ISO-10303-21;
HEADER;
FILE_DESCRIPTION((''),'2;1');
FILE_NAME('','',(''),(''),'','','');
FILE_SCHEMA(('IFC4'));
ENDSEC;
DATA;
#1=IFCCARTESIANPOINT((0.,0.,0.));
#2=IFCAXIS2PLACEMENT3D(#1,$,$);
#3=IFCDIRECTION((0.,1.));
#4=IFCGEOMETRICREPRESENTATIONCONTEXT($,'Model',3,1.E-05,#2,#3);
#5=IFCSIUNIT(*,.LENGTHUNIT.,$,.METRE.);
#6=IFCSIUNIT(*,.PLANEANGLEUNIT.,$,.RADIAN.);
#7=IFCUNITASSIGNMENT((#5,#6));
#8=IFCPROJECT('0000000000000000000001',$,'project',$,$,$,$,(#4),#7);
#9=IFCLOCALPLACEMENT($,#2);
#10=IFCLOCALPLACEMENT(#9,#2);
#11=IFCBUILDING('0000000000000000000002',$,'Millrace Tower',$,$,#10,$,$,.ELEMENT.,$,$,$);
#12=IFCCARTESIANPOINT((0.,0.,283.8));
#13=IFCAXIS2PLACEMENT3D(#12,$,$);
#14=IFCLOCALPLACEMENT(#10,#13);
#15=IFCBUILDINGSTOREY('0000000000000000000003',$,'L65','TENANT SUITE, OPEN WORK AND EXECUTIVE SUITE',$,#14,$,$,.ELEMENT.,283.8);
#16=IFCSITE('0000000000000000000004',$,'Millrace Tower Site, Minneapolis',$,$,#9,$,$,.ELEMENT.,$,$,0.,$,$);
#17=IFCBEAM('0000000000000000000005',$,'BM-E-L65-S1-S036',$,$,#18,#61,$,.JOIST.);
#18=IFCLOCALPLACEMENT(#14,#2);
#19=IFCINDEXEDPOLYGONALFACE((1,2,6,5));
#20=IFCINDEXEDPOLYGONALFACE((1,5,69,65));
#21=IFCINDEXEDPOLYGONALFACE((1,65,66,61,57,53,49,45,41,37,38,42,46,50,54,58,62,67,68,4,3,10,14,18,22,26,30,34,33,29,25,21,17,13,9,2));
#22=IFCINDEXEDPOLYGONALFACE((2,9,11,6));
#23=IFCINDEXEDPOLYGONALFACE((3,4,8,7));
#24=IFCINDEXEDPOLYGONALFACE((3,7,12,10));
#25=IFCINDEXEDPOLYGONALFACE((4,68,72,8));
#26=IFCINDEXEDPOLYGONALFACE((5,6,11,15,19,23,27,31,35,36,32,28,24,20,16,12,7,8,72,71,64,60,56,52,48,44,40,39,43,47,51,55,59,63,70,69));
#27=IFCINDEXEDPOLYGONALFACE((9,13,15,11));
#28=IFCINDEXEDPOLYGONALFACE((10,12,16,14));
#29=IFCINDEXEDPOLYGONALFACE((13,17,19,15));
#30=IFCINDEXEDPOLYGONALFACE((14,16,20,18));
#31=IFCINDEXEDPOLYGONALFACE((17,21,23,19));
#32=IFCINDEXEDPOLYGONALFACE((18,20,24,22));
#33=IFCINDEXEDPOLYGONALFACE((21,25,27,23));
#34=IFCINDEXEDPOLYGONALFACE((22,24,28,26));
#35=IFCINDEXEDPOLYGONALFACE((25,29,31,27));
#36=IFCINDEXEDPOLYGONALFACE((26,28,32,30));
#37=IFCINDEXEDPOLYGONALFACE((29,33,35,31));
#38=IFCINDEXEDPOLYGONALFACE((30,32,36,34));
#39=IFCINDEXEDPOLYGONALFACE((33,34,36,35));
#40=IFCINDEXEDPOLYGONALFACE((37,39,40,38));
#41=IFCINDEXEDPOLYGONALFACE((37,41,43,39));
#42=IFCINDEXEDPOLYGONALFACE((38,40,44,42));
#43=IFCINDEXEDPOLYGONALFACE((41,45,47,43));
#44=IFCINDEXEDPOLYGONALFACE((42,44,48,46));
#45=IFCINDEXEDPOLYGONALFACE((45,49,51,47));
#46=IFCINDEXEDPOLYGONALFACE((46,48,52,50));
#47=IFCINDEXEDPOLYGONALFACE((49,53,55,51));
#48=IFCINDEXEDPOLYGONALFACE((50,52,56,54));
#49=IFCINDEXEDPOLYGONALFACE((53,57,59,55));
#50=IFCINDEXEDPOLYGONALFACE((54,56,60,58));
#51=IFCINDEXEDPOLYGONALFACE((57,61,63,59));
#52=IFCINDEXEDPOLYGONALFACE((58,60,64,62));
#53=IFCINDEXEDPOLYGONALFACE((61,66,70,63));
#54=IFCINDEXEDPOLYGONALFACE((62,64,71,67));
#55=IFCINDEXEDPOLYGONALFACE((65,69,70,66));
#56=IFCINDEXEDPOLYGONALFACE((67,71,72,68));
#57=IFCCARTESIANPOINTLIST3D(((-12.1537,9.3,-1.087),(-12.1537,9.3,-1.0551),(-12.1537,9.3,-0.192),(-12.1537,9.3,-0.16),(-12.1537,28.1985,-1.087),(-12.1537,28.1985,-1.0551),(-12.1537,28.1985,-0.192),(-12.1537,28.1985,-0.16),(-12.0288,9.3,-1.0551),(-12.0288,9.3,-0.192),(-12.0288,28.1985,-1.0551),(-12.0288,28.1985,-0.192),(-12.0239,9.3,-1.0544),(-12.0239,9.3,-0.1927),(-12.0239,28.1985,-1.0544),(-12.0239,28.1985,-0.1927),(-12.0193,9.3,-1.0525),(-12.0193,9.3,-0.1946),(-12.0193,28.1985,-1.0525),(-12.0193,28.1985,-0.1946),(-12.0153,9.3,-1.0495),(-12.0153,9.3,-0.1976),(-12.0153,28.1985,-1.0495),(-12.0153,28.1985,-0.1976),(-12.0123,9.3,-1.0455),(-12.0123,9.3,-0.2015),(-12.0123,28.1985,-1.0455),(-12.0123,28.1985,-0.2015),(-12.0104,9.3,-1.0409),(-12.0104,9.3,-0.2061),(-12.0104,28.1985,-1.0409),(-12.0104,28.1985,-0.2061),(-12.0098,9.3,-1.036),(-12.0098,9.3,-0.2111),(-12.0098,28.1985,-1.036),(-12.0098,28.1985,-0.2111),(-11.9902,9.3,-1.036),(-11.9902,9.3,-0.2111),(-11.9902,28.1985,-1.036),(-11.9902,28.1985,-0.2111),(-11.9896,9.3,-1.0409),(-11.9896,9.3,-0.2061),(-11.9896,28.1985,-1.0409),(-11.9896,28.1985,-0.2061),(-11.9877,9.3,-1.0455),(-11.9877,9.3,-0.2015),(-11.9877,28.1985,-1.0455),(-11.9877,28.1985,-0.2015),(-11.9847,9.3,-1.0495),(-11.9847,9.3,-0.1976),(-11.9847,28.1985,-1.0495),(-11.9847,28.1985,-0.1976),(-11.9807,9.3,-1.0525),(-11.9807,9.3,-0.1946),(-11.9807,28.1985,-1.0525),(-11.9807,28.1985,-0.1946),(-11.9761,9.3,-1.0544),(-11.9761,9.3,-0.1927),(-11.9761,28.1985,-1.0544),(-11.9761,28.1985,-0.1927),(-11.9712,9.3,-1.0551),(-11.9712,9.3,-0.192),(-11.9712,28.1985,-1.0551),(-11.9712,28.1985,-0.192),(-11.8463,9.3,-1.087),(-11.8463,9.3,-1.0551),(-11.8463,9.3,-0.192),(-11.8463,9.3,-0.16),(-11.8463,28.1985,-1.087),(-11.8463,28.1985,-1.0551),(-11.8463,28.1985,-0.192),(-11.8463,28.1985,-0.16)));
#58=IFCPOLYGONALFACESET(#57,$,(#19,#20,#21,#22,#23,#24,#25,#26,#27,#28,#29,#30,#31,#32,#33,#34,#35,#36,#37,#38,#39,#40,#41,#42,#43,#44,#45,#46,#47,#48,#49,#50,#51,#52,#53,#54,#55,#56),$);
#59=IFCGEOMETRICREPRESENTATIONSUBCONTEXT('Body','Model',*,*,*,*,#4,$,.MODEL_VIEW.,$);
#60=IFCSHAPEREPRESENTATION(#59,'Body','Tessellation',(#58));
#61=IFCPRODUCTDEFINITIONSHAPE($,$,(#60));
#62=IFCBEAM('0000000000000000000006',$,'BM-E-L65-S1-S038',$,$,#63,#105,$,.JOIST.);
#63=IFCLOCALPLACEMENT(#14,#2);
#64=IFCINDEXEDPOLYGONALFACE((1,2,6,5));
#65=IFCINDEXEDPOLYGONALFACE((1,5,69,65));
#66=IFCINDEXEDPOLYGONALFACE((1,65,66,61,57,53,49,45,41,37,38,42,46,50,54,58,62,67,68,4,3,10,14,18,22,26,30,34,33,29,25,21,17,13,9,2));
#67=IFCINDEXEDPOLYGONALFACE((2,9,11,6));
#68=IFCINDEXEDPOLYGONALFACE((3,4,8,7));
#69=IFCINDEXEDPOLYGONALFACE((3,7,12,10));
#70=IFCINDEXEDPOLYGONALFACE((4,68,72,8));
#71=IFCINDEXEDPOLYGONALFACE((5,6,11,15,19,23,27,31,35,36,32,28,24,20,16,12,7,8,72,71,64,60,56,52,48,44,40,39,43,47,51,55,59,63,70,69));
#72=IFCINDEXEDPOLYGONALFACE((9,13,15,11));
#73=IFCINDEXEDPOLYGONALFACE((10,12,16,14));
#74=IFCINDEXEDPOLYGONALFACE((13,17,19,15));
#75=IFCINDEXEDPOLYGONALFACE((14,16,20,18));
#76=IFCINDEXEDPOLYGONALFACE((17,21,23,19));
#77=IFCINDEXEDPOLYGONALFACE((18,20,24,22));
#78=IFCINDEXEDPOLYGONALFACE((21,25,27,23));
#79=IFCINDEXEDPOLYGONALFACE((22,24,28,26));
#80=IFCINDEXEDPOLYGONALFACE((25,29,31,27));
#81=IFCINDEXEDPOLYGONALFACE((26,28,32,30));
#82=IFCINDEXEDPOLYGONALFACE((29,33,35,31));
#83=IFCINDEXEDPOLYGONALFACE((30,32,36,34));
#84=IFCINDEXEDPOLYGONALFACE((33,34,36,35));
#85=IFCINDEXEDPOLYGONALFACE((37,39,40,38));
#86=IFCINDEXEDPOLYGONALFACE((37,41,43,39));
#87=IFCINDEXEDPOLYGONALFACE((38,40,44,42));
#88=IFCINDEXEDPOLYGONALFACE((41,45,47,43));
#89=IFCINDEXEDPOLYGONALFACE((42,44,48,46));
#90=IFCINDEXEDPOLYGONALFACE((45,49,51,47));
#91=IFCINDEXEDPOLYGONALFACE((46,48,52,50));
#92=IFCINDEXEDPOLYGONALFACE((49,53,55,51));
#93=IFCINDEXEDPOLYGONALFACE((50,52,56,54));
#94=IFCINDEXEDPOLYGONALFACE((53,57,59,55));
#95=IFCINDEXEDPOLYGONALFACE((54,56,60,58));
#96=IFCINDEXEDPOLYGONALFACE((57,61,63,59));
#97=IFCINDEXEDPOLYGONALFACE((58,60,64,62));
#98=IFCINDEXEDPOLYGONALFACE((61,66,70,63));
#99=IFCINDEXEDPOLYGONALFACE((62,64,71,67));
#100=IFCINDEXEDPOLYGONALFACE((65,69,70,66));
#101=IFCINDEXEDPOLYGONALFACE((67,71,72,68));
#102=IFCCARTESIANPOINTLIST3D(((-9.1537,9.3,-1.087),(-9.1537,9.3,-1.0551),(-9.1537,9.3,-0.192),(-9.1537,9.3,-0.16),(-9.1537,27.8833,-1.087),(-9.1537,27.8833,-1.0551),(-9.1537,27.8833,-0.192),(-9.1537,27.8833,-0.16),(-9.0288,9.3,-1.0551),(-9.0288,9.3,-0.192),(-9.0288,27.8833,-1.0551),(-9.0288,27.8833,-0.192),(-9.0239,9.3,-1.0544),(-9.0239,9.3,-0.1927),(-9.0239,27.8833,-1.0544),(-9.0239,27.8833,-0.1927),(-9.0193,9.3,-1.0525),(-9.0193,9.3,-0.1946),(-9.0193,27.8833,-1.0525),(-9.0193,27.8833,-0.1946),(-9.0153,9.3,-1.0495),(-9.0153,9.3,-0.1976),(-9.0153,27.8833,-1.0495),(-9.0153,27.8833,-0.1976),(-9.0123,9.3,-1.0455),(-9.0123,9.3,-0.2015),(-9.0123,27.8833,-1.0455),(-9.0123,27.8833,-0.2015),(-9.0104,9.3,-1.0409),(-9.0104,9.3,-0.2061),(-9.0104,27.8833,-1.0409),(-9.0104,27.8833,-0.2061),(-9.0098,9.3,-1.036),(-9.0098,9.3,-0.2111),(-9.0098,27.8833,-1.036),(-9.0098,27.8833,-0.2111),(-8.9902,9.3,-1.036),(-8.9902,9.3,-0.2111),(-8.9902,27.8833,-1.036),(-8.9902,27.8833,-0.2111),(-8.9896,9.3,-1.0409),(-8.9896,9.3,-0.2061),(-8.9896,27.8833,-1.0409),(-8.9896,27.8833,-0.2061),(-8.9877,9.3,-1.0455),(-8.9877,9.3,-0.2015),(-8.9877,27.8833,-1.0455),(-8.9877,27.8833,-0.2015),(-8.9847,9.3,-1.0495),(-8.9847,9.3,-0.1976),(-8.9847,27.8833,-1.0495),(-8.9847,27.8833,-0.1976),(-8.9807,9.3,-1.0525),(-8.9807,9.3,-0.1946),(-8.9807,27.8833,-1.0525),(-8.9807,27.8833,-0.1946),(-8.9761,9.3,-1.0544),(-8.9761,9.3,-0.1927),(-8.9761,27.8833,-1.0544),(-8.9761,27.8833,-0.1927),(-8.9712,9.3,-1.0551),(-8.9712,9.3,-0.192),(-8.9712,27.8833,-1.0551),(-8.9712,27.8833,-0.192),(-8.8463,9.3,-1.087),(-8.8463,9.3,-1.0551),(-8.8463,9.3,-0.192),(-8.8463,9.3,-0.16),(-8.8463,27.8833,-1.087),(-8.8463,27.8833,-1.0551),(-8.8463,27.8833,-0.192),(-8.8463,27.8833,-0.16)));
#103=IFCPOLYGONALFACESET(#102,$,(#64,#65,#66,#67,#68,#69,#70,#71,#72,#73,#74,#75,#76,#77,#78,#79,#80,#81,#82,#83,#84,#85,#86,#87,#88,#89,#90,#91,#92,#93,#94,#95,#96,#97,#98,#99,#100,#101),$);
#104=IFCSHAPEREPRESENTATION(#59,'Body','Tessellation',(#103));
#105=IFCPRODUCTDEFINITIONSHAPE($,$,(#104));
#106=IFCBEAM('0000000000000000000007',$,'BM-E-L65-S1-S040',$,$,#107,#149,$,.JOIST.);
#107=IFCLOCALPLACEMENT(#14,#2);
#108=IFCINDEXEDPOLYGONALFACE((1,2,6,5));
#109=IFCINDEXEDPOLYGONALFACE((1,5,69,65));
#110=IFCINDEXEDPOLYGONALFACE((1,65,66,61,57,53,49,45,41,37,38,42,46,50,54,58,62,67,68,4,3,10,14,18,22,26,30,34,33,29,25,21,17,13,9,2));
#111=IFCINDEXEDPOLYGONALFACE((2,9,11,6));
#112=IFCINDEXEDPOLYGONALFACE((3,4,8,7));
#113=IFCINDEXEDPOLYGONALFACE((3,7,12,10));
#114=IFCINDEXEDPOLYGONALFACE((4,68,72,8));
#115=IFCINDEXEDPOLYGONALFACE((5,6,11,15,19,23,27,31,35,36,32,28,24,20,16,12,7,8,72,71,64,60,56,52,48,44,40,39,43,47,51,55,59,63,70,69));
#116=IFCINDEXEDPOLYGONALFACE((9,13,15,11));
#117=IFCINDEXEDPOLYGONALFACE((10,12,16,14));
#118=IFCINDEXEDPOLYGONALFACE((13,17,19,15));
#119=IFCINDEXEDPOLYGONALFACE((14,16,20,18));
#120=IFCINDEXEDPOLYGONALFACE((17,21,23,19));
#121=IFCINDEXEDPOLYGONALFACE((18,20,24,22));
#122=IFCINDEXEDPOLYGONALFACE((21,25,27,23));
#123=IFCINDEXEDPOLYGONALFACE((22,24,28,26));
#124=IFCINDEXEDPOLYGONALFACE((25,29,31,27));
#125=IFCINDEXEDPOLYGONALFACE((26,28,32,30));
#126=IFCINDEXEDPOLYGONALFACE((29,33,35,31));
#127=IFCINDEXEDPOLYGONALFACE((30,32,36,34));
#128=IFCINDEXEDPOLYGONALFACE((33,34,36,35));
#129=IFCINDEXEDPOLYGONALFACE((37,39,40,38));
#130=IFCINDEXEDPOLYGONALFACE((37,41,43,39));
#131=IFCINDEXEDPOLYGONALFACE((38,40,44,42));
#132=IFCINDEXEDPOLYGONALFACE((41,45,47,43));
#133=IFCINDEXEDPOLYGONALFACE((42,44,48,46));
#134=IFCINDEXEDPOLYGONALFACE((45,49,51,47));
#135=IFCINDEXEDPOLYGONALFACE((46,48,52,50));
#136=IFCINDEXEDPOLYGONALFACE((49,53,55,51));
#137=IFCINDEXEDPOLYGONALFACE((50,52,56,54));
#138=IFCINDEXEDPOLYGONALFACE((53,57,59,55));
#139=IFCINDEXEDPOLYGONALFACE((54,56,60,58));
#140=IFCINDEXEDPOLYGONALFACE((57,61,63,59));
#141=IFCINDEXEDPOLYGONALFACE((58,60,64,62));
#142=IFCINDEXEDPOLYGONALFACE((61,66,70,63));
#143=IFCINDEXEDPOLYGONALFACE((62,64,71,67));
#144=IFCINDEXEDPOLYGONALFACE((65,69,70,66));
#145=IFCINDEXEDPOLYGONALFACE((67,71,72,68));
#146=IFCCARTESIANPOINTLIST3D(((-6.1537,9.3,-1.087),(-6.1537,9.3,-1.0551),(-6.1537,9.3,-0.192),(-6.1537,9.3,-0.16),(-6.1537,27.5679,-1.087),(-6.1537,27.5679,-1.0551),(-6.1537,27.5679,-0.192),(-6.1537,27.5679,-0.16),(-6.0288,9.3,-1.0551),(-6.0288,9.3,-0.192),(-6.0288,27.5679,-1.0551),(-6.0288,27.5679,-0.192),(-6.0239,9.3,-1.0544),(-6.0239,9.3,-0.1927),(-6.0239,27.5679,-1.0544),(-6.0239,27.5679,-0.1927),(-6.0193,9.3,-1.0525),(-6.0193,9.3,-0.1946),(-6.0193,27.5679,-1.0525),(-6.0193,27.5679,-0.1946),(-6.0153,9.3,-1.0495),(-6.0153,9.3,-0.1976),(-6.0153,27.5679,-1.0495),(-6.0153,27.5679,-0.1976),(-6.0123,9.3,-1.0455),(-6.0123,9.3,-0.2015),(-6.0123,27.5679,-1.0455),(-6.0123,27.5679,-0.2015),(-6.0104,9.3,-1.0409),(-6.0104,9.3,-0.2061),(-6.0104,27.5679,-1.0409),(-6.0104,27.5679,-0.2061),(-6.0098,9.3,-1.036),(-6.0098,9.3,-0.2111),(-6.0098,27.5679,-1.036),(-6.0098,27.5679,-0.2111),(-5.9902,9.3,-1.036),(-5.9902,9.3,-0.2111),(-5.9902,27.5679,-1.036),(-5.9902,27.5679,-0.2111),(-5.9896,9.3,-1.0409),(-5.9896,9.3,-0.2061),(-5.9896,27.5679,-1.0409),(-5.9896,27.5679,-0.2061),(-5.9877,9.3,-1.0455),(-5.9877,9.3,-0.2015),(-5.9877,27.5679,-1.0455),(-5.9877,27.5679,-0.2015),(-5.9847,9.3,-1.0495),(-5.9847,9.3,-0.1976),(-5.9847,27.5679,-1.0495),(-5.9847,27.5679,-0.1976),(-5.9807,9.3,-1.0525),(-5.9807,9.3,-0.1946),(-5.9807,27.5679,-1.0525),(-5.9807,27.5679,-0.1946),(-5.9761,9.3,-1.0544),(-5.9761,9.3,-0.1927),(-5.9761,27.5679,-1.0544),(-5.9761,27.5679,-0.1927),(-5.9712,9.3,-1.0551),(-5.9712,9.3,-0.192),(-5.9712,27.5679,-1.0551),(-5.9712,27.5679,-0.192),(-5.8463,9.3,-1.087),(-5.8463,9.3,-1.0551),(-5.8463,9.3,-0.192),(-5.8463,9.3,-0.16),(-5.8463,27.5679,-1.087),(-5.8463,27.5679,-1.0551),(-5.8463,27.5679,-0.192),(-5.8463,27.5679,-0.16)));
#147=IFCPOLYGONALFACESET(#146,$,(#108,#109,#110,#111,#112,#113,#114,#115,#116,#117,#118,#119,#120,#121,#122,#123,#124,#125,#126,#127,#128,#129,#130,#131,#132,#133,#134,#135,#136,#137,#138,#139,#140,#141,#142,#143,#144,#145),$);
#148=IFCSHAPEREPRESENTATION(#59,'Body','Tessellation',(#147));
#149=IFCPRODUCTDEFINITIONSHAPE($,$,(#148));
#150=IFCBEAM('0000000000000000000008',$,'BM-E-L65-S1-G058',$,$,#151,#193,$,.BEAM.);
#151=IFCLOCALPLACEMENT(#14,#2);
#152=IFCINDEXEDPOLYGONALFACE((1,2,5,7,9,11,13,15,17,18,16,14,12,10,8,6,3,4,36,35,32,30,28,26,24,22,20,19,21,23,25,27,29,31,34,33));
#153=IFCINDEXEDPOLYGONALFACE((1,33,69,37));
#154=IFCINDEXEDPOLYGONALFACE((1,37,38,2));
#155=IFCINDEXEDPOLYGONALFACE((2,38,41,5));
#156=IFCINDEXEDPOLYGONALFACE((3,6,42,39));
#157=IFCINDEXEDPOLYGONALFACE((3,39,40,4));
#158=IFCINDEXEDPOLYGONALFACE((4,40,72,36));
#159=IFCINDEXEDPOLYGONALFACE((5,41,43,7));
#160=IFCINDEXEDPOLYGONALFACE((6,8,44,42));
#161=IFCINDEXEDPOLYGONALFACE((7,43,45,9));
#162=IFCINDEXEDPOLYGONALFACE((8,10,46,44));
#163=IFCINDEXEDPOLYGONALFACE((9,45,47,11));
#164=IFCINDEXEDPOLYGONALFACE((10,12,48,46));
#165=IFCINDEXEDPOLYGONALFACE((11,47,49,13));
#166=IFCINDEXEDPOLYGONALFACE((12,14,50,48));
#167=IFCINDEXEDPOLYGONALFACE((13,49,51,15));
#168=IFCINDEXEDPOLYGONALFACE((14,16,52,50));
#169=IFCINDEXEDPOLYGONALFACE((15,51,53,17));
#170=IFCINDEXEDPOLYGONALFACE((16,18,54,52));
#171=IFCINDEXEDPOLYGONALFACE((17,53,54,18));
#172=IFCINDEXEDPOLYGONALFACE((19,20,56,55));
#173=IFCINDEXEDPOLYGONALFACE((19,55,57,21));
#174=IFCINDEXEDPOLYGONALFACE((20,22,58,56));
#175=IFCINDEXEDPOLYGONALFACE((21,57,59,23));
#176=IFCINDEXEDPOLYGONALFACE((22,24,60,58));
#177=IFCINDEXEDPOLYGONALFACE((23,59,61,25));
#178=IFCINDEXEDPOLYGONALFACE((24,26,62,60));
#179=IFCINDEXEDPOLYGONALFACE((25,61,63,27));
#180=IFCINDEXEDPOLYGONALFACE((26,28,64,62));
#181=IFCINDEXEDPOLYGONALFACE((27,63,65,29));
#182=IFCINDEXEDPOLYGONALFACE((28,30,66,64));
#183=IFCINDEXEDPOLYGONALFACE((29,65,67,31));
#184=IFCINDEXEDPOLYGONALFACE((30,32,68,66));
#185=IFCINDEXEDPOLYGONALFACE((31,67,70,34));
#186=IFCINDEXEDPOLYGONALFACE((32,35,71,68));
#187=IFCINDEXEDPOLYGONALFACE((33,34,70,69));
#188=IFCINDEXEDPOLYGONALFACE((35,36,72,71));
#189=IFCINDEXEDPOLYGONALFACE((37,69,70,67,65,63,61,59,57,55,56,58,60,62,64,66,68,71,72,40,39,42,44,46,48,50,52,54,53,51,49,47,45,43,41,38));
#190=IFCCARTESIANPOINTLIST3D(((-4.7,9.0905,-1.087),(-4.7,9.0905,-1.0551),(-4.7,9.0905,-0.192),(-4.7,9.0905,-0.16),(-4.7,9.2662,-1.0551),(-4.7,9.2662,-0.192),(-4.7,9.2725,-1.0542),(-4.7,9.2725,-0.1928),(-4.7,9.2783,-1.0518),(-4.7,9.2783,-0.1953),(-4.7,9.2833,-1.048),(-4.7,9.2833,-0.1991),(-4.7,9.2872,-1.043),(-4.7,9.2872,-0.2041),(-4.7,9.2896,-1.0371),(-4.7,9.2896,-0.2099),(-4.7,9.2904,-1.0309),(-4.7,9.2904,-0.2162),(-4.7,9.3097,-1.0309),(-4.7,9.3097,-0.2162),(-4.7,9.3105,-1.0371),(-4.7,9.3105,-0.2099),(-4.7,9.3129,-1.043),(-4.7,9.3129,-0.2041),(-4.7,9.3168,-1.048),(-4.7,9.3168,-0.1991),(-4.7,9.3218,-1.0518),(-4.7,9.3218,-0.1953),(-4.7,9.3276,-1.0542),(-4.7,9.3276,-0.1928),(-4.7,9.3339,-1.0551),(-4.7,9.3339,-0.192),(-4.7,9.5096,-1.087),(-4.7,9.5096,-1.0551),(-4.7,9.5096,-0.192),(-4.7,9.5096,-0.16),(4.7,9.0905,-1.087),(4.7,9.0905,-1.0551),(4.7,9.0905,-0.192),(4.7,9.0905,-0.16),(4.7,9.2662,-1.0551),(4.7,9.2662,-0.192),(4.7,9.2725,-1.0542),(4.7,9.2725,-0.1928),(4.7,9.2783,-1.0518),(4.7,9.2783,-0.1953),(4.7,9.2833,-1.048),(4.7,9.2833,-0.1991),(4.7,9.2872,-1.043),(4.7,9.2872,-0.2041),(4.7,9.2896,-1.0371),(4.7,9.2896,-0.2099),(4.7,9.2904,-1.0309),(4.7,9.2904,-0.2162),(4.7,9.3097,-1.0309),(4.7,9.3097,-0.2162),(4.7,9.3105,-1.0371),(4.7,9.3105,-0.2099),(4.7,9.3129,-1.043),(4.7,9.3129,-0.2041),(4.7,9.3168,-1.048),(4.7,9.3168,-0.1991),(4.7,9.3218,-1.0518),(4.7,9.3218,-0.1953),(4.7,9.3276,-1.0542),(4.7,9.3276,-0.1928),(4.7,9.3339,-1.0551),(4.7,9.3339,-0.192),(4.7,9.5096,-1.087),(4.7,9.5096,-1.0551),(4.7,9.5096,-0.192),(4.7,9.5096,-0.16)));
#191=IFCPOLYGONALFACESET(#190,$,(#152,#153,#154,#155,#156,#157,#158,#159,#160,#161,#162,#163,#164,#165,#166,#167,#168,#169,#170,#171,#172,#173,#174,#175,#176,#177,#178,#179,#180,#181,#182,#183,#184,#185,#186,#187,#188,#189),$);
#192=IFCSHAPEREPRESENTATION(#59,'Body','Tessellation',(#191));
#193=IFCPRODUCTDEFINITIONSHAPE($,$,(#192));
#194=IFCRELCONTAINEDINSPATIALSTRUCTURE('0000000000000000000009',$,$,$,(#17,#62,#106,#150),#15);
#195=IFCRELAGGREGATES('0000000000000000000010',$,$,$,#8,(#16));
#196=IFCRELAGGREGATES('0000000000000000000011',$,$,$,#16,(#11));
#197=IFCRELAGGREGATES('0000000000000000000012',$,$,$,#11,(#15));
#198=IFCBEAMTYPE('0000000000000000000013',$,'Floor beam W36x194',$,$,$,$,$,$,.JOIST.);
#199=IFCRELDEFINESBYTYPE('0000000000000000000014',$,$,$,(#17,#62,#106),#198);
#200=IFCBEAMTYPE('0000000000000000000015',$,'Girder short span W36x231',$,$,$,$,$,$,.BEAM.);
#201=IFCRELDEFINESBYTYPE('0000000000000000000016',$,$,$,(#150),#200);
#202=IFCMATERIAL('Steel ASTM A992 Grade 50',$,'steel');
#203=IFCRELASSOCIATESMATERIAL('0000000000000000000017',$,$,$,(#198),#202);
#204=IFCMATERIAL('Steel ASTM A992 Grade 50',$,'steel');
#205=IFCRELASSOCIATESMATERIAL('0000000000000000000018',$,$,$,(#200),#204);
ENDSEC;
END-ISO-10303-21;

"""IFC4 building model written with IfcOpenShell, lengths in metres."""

from ifc_helpers import new_model, si_unit, direction, frame, origin, origin_2d, place, context, subcontext, project, spatial, i_section, extrude, material, material_profile, profile_set, type_object, element, save


model = new_model("IFC4")

# Units and contexts
model_context = context("Model", 3, precision=1e-05, world=origin(), true_north=direction((0.0, 1.0)))
body_context = subcontext(model_context, "Body", "Model", "MODEL_VIEW")
ifc_project = project(units=[si_unit("LENGTHUNIT", "METRE"), si_unit("PLANEANGLEUNIT", "RADIAN")], contexts=[model_context])

# Site, building, storey
site_placement = place(None, origin())
site = spatial("IfcSite", under=ifc_project, at=site_placement, Name="Millrace Tower Site, Minneapolis", CompositionType="ELEMENT", RefElevation=0.0)
building_placement = place(site_placement, origin())
building = spatial("IfcBuilding", under=site, at=building_placement, Name="Millrace Tower", CompositionType="ELEMENT")
storey_placement = place(building_placement, frame((0.0, 0.0, 283.8)))
storey = spatial("IfcBuildingStorey", under=building, at=storey_placement, Name="L65", Description="TENANT SUITE, OPEN WORK AND EXECUTIVE SUITE", CompositionType="ELEMENT", Elevation=283.8)

# Beams
ifc_material_1 = material(Name="Steel ASTM A992 Grade 50", Category="steel")
ifc_material_profile_1 = material_profile(ifc_material_1, i_section(OverallWidth=0.3074, OverallDepth=0.927, WebThickness=0.0195, FlangeThickness=0.032, FilletRadius=0.019, at=origin_2d()))
ifc_profile_set_1 = profile_set([ifc_material_profile_1], Name="Steel ASTM A992 Grade 50")
beam_type_1 = type_object("IfcBeamType", Name="Floor beam W36x194", PredefinedType="JOIST", material=ifc_profile_set_1)
beam_1_placement = place(storey_placement, frame((-12.0, 9.3, -0.6235), z_axis=(0.0, 1.0, 0.0), x_axis=(-1.0, 0.0, 0.0)))
element("IfcBeam", 1, at=beam_1_placement, inside=storey, type_object=beam_type_1, Name="BM-E-L65-S1-S036", PredefinedType="JOIST", context=body_context, shape_type="SweptSolid", body=[
    extrude(i_section(OverallWidth=0.3074, OverallDepth=0.927, WebThickness=0.0195, FlangeThickness=0.032, FilletRadius=0.019, at=origin_2d()), origin(), (0.0, 0.0, 1.0), 18.8984),
])
beam_2_placement = place(storey_placement, frame((-9.0, 9.3, -0.6235), z_axis=(0.0, 1.0, 0.0), x_axis=(-1.0, 0.0, 0.0)))
element("IfcBeam", 2, at=beam_2_placement, inside=storey, type_object=beam_type_1, Name="BM-E-L65-S1-S038", PredefinedType="JOIST", context=body_context, shape_type="SweptSolid", body=[
    extrude(i_section(OverallWidth=0.3074, OverallDepth=0.927, WebThickness=0.0195, FlangeThickness=0.032, FilletRadius=0.019, at=origin_2d()), origin(), (0.0, 0.0, 1.0), 18.5833),
])
beam_3_placement = place(storey_placement, frame((-6.0, 9.3, -0.6235), z_axis=(0.0, 1.0, 0.0), x_axis=(-1.0, 0.0, 0.0)))
element("IfcBeam", 3, at=beam_3_placement, inside=storey, type_object=beam_type_1, Name="BM-E-L65-S1-S040", PredefinedType="JOIST", context=body_context, shape_type="SweptSolid", body=[
    extrude(i_section(OverallWidth=0.3074, OverallDepth=0.927, WebThickness=0.0195, FlangeThickness=0.032, FilletRadius=0.019, at=origin_2d()), origin(), (0.0, 0.0, 1.0), 18.2678),
])
ifc_material_2 = material(Name="Steel ASTM A992 Grade 50", Category="steel")
ifc_material_profile_2 = material_profile(ifc_material_2, i_section(OverallWidth=0.4192, OverallDepth=0.927, WebThickness=0.0193, FlangeThickness=0.032, FilletRadius=0.0242, at=origin_2d()))
ifc_profile_set_2 = profile_set([ifc_material_profile_2], Name="Steel ASTM A992 Grade 50")
beam_type_2 = type_object("IfcBeamType", Name="Girder short span W36x231", PredefinedType="BEAM", material=ifc_profile_set_2)
beam_4_placement = place(storey_placement, frame((-4.7, 9.3, -0.6235), z_axis=(1.0, 0.0, 0.0), x_axis=(0.0, 1.0, 0.0)))
element("IfcBeam", 4, at=beam_4_placement, inside=storey, type_object=beam_type_2, Name="BM-E-L65-S1-G058", PredefinedType="BEAM", context=body_context, shape_type="SweptSolid", body=[
    extrude(i_section(OverallWidth=0.4192, OverallDepth=0.927, WebThickness=0.0193, FlangeThickness=0.032, FilletRadius=0.0242, at=origin_2d()), origin(), (0.0, 0.0, 1.0), 9.3999),
])

save(model, "model.ifc")
